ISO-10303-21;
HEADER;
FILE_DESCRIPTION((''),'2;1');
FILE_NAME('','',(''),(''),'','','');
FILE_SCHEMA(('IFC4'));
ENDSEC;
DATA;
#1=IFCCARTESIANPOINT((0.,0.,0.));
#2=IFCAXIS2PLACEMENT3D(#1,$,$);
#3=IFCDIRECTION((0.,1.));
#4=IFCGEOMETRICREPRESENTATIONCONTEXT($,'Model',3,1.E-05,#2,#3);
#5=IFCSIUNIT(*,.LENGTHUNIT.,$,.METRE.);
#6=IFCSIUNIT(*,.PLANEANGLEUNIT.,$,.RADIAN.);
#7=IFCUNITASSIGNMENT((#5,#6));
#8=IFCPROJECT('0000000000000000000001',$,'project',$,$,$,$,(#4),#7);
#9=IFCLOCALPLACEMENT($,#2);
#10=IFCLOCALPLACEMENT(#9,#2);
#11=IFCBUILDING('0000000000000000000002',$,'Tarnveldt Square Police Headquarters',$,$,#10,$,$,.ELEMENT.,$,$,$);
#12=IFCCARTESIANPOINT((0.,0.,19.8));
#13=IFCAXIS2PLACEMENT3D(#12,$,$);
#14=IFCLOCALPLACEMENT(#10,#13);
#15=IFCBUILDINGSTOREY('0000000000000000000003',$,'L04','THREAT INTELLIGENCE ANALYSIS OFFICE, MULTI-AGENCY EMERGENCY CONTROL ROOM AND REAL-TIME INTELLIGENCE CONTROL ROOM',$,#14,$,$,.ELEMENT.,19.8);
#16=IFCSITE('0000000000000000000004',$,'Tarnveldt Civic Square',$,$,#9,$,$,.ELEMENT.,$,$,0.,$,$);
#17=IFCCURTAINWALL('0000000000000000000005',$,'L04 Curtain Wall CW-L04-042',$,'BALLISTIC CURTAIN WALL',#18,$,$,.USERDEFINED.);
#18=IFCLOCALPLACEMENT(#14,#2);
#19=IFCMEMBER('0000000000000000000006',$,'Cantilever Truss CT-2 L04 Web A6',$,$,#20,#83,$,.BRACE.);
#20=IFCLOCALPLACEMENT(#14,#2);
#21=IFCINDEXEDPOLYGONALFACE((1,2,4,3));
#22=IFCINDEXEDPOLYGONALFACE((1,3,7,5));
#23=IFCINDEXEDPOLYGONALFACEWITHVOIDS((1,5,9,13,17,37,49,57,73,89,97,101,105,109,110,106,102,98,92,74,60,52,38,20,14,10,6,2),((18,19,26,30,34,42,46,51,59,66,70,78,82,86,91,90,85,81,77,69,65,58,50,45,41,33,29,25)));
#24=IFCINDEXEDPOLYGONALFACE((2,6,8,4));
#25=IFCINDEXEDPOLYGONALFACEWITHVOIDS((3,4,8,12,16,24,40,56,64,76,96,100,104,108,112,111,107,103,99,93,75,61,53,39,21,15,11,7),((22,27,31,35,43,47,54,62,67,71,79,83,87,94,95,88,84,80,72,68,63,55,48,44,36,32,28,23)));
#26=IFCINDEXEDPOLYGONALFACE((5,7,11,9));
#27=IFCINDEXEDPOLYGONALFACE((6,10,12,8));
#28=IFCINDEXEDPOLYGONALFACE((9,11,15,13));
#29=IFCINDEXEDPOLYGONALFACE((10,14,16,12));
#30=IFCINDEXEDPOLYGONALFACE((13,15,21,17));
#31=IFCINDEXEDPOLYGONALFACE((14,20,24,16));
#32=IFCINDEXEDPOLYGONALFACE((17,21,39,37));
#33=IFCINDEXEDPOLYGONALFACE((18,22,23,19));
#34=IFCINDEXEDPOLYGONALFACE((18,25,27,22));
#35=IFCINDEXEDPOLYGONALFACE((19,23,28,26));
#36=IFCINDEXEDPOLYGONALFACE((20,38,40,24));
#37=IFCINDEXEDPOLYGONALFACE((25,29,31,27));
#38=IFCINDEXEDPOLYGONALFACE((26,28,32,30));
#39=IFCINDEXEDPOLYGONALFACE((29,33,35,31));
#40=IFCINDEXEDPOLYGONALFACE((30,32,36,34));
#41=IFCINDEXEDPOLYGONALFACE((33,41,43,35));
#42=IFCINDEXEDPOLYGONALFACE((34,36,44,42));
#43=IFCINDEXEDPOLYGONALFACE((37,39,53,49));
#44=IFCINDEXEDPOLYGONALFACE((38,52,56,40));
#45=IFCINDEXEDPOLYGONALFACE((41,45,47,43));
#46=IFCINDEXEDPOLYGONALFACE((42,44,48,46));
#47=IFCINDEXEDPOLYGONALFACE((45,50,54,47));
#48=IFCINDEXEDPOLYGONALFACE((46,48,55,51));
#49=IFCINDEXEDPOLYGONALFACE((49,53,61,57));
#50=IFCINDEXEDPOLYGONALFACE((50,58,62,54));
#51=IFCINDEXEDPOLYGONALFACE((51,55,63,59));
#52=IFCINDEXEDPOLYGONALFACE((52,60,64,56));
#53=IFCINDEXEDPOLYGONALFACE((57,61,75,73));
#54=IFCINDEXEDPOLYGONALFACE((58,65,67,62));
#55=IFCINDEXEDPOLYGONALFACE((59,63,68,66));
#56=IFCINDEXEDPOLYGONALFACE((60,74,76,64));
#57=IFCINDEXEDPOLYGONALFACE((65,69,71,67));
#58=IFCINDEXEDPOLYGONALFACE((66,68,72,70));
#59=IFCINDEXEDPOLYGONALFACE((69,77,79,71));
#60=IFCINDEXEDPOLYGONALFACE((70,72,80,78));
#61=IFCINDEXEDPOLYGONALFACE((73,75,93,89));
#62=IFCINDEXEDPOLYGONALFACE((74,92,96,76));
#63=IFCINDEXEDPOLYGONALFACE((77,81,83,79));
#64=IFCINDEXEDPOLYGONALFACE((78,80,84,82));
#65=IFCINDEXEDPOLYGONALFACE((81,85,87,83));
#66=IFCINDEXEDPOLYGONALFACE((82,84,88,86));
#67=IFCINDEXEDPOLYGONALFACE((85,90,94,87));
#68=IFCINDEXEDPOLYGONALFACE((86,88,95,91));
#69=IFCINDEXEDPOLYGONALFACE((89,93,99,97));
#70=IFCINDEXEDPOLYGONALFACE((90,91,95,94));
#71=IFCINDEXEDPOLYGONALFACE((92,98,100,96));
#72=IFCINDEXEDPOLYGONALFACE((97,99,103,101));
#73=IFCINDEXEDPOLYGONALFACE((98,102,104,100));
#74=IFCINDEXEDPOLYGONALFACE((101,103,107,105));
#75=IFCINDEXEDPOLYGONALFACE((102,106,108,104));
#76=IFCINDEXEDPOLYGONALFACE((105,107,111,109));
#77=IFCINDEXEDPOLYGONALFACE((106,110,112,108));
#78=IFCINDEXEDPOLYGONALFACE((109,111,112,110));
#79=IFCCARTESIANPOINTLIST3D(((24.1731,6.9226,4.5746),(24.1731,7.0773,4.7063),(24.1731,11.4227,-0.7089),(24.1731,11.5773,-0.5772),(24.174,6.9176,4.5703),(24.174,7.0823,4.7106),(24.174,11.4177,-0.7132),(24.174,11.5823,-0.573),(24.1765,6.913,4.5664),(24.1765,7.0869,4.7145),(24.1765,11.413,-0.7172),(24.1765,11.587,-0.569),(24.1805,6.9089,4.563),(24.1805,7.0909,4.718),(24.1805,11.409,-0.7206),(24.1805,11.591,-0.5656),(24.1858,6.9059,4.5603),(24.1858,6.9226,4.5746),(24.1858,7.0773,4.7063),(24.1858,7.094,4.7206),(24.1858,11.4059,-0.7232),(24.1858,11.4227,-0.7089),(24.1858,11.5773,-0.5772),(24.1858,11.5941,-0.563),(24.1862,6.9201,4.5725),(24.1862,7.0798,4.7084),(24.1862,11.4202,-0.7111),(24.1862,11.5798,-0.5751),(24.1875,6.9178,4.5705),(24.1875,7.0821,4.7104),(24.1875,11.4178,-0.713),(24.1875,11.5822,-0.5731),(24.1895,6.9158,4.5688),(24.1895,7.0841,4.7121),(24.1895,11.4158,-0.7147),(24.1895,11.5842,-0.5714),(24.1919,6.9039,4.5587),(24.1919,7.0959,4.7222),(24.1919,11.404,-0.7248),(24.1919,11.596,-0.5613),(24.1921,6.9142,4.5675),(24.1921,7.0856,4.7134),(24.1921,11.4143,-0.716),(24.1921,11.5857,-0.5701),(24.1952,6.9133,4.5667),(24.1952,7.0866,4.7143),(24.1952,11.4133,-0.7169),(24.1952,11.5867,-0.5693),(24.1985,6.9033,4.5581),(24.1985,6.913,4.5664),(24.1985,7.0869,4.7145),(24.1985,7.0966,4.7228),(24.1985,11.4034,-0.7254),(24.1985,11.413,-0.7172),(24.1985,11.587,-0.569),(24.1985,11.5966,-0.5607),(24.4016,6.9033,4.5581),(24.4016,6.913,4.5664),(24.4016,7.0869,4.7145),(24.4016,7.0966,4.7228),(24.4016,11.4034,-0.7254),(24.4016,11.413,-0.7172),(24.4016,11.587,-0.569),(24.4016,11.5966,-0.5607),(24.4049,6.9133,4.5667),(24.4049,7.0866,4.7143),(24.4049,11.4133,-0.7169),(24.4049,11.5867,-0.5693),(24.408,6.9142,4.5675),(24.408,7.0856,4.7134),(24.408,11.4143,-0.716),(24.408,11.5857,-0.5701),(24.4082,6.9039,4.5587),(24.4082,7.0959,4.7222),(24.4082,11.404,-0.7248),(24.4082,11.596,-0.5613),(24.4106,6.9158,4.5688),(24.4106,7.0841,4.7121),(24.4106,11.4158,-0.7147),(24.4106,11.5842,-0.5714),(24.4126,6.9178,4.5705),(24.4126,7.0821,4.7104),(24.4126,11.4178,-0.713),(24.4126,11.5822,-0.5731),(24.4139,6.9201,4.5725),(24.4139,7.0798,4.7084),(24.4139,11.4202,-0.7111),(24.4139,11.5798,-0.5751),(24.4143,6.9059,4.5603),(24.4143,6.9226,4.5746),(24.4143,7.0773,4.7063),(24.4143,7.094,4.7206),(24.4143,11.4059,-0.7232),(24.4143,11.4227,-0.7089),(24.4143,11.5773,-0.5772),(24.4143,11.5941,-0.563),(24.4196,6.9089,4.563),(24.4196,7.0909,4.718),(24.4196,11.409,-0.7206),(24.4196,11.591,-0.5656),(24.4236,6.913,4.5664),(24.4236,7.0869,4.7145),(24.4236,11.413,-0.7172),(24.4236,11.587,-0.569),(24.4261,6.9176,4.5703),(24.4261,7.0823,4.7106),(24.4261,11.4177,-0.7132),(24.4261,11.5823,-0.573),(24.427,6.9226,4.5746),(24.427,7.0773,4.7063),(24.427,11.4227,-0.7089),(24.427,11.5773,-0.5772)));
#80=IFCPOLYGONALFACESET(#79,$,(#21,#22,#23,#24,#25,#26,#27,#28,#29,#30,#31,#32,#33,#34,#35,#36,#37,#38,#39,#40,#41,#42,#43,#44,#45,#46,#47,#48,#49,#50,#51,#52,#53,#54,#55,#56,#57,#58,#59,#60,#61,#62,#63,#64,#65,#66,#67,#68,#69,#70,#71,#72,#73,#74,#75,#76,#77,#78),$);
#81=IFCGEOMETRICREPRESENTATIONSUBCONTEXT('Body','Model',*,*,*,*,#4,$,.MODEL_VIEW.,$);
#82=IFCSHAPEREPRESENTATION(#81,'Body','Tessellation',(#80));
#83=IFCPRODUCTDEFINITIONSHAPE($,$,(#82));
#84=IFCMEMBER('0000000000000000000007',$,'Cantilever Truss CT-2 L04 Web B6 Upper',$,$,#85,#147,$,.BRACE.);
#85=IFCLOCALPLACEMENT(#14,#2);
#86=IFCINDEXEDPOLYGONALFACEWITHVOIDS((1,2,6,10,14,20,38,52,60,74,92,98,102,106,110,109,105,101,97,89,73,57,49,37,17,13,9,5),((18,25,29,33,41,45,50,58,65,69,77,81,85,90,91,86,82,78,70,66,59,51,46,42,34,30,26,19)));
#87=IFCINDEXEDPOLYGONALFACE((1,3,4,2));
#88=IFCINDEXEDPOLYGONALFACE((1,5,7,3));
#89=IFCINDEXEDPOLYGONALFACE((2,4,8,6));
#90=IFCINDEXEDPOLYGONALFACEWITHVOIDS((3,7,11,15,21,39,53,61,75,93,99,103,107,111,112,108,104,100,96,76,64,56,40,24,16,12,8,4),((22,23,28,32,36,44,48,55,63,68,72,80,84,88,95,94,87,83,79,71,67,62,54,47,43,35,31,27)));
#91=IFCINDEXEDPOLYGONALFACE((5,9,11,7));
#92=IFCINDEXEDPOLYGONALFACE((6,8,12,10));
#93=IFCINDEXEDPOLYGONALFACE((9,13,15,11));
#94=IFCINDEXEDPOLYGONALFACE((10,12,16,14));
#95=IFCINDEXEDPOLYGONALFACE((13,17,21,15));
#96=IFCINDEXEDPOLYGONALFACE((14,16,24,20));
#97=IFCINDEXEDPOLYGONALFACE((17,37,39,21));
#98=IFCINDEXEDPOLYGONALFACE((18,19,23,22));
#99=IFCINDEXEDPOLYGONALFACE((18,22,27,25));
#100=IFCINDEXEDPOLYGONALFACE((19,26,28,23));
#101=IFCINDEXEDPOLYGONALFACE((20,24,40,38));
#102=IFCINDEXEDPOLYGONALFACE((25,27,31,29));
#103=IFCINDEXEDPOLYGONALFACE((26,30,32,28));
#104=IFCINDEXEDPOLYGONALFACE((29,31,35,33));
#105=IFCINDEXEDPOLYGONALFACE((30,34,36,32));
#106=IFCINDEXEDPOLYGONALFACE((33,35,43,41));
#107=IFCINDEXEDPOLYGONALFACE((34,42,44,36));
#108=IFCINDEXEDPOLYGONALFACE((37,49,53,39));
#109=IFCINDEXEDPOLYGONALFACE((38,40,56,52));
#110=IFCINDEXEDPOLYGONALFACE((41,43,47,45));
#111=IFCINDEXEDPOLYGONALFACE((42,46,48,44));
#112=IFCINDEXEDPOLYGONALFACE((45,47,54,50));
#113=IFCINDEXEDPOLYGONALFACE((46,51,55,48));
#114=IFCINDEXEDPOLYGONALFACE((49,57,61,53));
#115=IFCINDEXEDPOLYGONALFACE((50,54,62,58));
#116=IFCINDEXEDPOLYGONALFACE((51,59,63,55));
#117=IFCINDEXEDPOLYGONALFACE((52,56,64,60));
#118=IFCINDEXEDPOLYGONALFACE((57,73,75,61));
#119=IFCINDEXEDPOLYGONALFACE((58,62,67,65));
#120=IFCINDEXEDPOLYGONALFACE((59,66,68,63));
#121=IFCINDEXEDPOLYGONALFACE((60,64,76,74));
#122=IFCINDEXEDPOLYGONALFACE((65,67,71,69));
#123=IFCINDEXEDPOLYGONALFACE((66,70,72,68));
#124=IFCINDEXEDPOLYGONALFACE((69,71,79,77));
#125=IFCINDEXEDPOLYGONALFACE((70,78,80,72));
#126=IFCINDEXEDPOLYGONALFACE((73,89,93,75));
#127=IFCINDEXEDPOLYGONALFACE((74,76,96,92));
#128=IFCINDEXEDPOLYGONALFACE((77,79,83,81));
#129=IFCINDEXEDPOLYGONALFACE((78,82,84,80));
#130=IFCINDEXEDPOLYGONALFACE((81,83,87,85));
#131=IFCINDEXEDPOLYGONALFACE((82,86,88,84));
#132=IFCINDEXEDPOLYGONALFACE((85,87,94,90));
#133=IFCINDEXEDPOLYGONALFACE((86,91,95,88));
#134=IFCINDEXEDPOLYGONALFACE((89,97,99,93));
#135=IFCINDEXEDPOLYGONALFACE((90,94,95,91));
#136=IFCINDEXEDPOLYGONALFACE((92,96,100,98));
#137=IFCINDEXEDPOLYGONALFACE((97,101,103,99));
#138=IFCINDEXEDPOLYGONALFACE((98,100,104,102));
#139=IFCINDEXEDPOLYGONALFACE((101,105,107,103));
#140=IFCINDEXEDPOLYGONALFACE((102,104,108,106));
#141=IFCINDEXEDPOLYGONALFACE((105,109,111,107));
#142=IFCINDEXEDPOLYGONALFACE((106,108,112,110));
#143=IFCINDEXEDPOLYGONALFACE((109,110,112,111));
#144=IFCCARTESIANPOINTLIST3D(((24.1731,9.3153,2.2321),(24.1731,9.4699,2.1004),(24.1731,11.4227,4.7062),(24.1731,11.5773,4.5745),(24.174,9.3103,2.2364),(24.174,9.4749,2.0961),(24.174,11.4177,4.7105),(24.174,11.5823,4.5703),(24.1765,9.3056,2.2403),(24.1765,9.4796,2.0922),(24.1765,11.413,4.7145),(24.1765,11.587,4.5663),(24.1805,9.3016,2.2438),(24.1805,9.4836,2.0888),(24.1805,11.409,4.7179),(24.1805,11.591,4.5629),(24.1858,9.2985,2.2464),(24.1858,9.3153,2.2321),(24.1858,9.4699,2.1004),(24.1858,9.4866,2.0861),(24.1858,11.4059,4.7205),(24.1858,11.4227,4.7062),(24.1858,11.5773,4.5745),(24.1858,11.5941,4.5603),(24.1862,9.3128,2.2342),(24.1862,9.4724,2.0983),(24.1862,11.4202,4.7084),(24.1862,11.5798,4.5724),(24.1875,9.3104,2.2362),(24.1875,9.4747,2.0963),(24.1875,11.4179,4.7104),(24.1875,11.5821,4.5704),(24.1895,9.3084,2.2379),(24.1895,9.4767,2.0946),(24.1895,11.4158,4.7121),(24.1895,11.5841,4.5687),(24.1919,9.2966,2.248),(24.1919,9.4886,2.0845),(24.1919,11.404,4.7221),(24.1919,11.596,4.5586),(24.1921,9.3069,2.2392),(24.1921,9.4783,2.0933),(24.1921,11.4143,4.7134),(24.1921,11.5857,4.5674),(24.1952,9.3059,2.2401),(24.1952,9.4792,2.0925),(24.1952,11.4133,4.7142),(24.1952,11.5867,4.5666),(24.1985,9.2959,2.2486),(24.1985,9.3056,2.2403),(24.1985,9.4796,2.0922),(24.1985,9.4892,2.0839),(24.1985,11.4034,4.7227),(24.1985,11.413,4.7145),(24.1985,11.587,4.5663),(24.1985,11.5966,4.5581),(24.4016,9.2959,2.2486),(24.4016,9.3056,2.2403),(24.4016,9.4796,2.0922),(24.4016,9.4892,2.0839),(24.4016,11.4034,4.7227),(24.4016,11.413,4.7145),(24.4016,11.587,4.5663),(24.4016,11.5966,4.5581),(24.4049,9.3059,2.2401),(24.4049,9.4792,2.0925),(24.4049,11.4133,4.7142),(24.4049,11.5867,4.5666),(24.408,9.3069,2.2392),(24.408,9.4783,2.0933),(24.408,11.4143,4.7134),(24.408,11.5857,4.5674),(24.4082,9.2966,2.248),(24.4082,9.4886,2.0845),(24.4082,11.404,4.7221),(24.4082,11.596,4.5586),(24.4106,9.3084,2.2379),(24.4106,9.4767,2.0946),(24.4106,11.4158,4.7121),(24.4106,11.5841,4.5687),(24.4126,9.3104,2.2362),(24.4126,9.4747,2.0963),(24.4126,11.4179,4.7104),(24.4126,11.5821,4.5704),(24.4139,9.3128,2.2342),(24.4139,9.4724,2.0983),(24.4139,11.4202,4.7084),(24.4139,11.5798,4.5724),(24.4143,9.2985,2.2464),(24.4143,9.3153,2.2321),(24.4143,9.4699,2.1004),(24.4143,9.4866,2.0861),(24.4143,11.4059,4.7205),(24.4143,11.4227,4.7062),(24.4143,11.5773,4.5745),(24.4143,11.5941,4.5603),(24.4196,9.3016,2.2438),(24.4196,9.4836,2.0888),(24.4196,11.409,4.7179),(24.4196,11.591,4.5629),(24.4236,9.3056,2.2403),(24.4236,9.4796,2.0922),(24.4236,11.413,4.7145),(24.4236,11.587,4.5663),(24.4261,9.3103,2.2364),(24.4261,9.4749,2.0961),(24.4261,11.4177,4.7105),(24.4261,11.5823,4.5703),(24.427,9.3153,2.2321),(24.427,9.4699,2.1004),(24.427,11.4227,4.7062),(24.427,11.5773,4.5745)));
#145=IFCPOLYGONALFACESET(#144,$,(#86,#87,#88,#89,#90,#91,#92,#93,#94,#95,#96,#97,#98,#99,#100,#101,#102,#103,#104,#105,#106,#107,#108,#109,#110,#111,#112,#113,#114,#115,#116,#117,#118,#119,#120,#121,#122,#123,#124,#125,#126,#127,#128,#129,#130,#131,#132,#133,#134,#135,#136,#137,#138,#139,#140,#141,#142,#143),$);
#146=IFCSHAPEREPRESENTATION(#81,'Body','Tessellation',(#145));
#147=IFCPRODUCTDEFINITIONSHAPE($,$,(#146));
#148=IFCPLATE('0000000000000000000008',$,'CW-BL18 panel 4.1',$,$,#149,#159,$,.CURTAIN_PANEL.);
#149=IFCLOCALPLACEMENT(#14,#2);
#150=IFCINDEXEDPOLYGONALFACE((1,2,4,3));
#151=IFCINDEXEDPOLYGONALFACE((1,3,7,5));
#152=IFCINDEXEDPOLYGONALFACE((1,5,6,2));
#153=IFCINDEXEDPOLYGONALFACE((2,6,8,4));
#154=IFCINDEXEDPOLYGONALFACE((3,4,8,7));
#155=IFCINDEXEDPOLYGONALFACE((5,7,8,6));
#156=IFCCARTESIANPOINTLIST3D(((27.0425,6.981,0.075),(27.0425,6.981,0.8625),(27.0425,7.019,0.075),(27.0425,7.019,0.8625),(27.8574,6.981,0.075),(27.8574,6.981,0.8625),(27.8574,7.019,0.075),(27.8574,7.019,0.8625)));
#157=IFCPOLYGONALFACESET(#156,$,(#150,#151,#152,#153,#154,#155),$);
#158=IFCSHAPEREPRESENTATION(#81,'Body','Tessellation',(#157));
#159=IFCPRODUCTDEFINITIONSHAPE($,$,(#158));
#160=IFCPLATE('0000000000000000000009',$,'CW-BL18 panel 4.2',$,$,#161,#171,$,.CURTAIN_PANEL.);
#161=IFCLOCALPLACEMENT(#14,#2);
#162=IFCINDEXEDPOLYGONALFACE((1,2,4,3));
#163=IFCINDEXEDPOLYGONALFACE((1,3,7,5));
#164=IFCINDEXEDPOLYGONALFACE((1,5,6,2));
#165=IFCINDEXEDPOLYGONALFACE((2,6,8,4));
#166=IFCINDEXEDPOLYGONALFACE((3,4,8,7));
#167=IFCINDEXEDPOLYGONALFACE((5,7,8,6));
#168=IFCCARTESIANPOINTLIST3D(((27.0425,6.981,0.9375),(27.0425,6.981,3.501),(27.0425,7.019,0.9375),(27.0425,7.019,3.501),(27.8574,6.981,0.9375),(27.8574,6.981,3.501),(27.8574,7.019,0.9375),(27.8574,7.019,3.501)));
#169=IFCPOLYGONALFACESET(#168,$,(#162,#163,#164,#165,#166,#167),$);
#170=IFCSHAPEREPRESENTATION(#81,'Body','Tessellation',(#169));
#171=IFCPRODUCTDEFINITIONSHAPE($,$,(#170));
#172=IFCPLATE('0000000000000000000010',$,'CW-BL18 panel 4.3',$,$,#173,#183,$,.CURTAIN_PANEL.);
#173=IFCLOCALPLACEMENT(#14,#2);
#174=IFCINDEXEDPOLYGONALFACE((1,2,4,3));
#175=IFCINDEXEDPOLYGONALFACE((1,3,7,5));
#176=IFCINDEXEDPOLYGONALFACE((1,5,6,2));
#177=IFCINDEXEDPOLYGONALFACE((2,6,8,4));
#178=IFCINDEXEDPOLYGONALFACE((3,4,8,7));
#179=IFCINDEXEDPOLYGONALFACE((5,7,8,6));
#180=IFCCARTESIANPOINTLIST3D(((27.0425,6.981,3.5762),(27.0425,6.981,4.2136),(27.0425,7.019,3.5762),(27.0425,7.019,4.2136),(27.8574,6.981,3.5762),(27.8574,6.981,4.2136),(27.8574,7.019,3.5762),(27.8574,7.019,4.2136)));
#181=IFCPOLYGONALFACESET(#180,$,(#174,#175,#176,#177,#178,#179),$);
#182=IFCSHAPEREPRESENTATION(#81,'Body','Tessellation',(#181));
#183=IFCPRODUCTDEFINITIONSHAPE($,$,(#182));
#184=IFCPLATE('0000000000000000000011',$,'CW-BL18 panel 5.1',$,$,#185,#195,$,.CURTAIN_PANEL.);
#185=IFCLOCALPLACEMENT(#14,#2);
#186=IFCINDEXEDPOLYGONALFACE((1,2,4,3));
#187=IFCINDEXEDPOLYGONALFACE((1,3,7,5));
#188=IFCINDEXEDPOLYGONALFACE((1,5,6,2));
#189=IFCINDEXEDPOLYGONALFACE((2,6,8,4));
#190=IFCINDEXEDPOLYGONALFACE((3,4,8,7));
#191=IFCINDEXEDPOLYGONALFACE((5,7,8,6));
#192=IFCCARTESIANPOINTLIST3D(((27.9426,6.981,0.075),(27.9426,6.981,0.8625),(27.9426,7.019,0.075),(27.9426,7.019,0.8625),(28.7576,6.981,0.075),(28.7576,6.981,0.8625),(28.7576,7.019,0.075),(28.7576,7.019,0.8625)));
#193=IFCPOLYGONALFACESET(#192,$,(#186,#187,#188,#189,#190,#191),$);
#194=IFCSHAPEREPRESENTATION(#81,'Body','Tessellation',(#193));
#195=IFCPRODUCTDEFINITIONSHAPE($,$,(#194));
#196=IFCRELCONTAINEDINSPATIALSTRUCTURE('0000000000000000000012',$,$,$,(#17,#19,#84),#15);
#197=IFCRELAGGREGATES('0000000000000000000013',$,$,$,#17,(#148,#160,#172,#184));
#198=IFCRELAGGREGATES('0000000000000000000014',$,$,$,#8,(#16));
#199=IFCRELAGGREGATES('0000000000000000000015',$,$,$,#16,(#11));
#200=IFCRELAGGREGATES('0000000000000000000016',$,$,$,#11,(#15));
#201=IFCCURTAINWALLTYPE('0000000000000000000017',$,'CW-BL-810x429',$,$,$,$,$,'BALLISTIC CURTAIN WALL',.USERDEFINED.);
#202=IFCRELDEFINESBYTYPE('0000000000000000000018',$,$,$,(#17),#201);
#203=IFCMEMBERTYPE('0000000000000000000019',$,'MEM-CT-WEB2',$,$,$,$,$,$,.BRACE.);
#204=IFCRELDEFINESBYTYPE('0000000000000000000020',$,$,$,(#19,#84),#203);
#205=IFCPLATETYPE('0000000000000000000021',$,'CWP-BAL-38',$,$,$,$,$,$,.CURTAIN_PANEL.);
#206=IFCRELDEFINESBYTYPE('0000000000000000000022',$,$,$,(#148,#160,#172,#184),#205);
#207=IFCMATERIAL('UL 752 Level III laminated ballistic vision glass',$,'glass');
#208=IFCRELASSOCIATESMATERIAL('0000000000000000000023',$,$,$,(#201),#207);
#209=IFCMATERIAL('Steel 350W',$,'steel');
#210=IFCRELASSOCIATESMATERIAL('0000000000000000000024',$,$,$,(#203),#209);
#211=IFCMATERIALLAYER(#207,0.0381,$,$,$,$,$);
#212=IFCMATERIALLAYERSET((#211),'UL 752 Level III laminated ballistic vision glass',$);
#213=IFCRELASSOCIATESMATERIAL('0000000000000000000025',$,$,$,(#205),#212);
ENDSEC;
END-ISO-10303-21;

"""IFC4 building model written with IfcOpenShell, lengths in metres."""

from ifc_helpers import new_model, si_unit, direction, frame, origin, origin_2d, place, context, subcontext, project, spatial, rectangle, hollow_rectangle, extrude, material, layer, layer_set, material_profile, profile_set, type_object, element, aggregate, save


model = new_model("IFC4")

# Units and contexts
model_context = context("Model", 3, precision=1e-05, world=origin(), true_north=direction((0.0, 1.0)))
body_context = subcontext(model_context, "Body", "Model", "MODEL_VIEW")
ifc_project = project(units=[si_unit("LENGTHUNIT", "METRE"), si_unit("PLANEANGLEUNIT", "RADIAN")], contexts=[model_context])

# Site, building, storey
site_placement = place(None, origin())
site = spatial("IfcSite", under=ifc_project, at=site_placement, Name="Tarnveldt Civic Square", CompositionType="ELEMENT", RefElevation=0.0)
building_placement = place(site_placement, origin())
building = spatial("IfcBuilding", under=site, at=building_placement, Name="Tarnveldt Square Police Headquarters", CompositionType="ELEMENT")
storey_placement = place(building_placement, frame((0.0, 0.0, 19.8)))
storey = spatial("IfcBuildingStorey", under=building, at=storey_placement, Name="L04", Description="THREAT INTELLIGENCE ANALYSIS OFFICE, MULTI-AGENCY EMERGENCY CONTROL ROOM AND REAL-TIME INTELLIGENCE CONTROL ROOM", CompositionType="ELEMENT", Elevation=19.8)

# Shared definitions
ifc_material_1 = material(Name="Steel 350W", Category="steel")

# Curtain wall
ifc_material_2 = material(Name="UL 752 Level III laminated ballistic vision glass", Category="glass")
curtain_wall_type = type_object("IfcCurtainWallType", Name="CW-BL-810x429", ElementType="BALLISTIC CURTAIN WALL", PredefinedType="USERDEFINED", material=ifc_material_2)
curtain_wall_placement = place(storey_placement, origin())
curtain_wall = element("IfcCurtainWall", 1, at=curtain_wall_placement, inside=storey, type_object=curtain_wall_type, Name="L04 Curtain Wall CW-L04-042", ObjectType="BALLISTIC CURTAIN WALL", PredefinedType="USERDEFINED")

# Members
ifc_material_profile_1 = material_profile(ifc_material_1, hollow_rectangle(XDim=0.2539, YDim=0.2539, WallThickness=0.0127, InnerFilletRadius=0.0127, OuterFilletRadius=0.0254, at=origin_2d()), Name="HSS254x254x13")
ifc_profile_set_1 = profile_set([ifc_material_profile_1], Name="Steel 350W")
member_type_1 = type_object("IfcMemberType", Name="MEM-CT-WEB2", PredefinedType="BRACE", material=ifc_profile_set_1)
member_1_placement = place(storey_placement, frame((24.3, 11.5, -0.6431), z_axis=(0.0, -0.648407, 0.761294), x_axis=(1.0, 0.0, 0.0)))
element("IfcMember", 2, at=member_1_placement, inside=storey, type_object=member_type_1, Name="Cantilever Truss CT-2 L04 Web A6", PredefinedType="BRACE", context=body_context, shape_type="SweptSolid", body=[
    extrude(hollow_rectangle(XDim=0.2539, YDim=0.2539, WallThickness=0.0127, InnerFilletRadius=0.0127, OuterFilletRadius=0.0254, at=origin_2d()), origin(), (0.0, 0.0, 1.0), 6.9402),
])
member_2_placement = place(storey_placement, frame((24.3, 9.3926, 2.1663), z_axis=(0.0, 0.648437, 0.761268), x_axis=(-1.0, 0.0, 0.0)))
element("IfcMember", 3, at=member_2_placement, inside=storey, type_object=member_type_1, Name="Cantilever Truss CT-2 L04 Web B6 Upper", PredefinedType="BRACE", context=body_context, shape_type="SweptSolid", body=[
    extrude(hollow_rectangle(XDim=0.2539, YDim=0.2539, WallThickness=0.0127, InnerFilletRadius=0.0127, OuterFilletRadius=0.0254, at=origin_2d()), origin(), (0.0, 0.0, 1.0), 3.25),
])

# Plates
ifc_layer_1 = layer(ifc_material_2, 0.0381)
ifc_layer_set_1 = layer_set([ifc_layer_1], Name="UL 752 Level III laminated ballistic vision glass")
plate_type_1 = type_object("IfcPlateType", Name="CWP-BAL-38", PredefinedType="CURTAIN_PANEL", material=ifc_layer_set_1)
plate_1_placement = place(storey_placement, frame((27.45, 7.0, 0.075), z_axis=(0.0, 0.0, 1.0), x_axis=(1.0, 0.0, 0.0)))
plate_1 = element("IfcPlate", 4, at=plate_1_placement, type_object=plate_type_1, Name="CW-BL18 panel 4.1", PredefinedType="CURTAIN_PANEL", context=body_context, shape_type="SweptSolid", body=[
    extrude(rectangle(XDim=0.8149, YDim=0.0381, at=origin_2d()), origin(), (0.0, 0.0, 1.0), 0.7876),
])
plate_2_placement = place(storey_placement, frame((27.45, 7.0, 0.9375), z_axis=(0.0, 0.0, 1.0), x_axis=(1.0, 0.0, 0.0)))
plate_2 = element("IfcPlate", 5, at=plate_2_placement, type_object=plate_type_1, Name="CW-BL18 panel 4.2", PredefinedType="CURTAIN_PANEL", context=body_context, shape_type="SweptSolid", body=[
    extrude(rectangle(XDim=0.8149, YDim=0.0381, at=origin_2d()), origin(), (0.0, 0.0, 1.0), 2.5635),
])
plate_3_placement = place(storey_placement, frame((27.45, 7.0, 3.5762), z_axis=(0.0, 0.0, 1.0), x_axis=(1.0, 0.0, 0.0)))
plate_3 = element("IfcPlate", 6, at=plate_3_placement, type_object=plate_type_1, Name="CW-BL18 panel 4.3", PredefinedType="CURTAIN_PANEL", context=body_context, shape_type="SweptSolid", body=[
    extrude(rectangle(XDim=0.8149, YDim=0.0381, at=origin_2d()), origin(), (0.0, 0.0, 1.0), 0.6375),
])
plate_4_placement = place(storey_placement, frame((28.3501, 7.0, 0.075), z_axis=(0.0, 0.0, 1.0), x_axis=(1.0, 0.0, 0.0)))
plate_4 = element("IfcPlate", 7, at=plate_4_placement, type_object=plate_type_1, Name="CW-BL18 panel 5.1", PredefinedType="CURTAIN_PANEL", context=body_context, shape_type="SweptSolid", body=[
    extrude(rectangle(XDim=0.8149, YDim=0.0381, at=origin_2d()), origin(), (0.0, 0.0, 1.0), 0.7876),
])
aggregate(curtain_wall, [plate_1, plate_2, plate_3, plate_4])

save(model, "model.ifc")
